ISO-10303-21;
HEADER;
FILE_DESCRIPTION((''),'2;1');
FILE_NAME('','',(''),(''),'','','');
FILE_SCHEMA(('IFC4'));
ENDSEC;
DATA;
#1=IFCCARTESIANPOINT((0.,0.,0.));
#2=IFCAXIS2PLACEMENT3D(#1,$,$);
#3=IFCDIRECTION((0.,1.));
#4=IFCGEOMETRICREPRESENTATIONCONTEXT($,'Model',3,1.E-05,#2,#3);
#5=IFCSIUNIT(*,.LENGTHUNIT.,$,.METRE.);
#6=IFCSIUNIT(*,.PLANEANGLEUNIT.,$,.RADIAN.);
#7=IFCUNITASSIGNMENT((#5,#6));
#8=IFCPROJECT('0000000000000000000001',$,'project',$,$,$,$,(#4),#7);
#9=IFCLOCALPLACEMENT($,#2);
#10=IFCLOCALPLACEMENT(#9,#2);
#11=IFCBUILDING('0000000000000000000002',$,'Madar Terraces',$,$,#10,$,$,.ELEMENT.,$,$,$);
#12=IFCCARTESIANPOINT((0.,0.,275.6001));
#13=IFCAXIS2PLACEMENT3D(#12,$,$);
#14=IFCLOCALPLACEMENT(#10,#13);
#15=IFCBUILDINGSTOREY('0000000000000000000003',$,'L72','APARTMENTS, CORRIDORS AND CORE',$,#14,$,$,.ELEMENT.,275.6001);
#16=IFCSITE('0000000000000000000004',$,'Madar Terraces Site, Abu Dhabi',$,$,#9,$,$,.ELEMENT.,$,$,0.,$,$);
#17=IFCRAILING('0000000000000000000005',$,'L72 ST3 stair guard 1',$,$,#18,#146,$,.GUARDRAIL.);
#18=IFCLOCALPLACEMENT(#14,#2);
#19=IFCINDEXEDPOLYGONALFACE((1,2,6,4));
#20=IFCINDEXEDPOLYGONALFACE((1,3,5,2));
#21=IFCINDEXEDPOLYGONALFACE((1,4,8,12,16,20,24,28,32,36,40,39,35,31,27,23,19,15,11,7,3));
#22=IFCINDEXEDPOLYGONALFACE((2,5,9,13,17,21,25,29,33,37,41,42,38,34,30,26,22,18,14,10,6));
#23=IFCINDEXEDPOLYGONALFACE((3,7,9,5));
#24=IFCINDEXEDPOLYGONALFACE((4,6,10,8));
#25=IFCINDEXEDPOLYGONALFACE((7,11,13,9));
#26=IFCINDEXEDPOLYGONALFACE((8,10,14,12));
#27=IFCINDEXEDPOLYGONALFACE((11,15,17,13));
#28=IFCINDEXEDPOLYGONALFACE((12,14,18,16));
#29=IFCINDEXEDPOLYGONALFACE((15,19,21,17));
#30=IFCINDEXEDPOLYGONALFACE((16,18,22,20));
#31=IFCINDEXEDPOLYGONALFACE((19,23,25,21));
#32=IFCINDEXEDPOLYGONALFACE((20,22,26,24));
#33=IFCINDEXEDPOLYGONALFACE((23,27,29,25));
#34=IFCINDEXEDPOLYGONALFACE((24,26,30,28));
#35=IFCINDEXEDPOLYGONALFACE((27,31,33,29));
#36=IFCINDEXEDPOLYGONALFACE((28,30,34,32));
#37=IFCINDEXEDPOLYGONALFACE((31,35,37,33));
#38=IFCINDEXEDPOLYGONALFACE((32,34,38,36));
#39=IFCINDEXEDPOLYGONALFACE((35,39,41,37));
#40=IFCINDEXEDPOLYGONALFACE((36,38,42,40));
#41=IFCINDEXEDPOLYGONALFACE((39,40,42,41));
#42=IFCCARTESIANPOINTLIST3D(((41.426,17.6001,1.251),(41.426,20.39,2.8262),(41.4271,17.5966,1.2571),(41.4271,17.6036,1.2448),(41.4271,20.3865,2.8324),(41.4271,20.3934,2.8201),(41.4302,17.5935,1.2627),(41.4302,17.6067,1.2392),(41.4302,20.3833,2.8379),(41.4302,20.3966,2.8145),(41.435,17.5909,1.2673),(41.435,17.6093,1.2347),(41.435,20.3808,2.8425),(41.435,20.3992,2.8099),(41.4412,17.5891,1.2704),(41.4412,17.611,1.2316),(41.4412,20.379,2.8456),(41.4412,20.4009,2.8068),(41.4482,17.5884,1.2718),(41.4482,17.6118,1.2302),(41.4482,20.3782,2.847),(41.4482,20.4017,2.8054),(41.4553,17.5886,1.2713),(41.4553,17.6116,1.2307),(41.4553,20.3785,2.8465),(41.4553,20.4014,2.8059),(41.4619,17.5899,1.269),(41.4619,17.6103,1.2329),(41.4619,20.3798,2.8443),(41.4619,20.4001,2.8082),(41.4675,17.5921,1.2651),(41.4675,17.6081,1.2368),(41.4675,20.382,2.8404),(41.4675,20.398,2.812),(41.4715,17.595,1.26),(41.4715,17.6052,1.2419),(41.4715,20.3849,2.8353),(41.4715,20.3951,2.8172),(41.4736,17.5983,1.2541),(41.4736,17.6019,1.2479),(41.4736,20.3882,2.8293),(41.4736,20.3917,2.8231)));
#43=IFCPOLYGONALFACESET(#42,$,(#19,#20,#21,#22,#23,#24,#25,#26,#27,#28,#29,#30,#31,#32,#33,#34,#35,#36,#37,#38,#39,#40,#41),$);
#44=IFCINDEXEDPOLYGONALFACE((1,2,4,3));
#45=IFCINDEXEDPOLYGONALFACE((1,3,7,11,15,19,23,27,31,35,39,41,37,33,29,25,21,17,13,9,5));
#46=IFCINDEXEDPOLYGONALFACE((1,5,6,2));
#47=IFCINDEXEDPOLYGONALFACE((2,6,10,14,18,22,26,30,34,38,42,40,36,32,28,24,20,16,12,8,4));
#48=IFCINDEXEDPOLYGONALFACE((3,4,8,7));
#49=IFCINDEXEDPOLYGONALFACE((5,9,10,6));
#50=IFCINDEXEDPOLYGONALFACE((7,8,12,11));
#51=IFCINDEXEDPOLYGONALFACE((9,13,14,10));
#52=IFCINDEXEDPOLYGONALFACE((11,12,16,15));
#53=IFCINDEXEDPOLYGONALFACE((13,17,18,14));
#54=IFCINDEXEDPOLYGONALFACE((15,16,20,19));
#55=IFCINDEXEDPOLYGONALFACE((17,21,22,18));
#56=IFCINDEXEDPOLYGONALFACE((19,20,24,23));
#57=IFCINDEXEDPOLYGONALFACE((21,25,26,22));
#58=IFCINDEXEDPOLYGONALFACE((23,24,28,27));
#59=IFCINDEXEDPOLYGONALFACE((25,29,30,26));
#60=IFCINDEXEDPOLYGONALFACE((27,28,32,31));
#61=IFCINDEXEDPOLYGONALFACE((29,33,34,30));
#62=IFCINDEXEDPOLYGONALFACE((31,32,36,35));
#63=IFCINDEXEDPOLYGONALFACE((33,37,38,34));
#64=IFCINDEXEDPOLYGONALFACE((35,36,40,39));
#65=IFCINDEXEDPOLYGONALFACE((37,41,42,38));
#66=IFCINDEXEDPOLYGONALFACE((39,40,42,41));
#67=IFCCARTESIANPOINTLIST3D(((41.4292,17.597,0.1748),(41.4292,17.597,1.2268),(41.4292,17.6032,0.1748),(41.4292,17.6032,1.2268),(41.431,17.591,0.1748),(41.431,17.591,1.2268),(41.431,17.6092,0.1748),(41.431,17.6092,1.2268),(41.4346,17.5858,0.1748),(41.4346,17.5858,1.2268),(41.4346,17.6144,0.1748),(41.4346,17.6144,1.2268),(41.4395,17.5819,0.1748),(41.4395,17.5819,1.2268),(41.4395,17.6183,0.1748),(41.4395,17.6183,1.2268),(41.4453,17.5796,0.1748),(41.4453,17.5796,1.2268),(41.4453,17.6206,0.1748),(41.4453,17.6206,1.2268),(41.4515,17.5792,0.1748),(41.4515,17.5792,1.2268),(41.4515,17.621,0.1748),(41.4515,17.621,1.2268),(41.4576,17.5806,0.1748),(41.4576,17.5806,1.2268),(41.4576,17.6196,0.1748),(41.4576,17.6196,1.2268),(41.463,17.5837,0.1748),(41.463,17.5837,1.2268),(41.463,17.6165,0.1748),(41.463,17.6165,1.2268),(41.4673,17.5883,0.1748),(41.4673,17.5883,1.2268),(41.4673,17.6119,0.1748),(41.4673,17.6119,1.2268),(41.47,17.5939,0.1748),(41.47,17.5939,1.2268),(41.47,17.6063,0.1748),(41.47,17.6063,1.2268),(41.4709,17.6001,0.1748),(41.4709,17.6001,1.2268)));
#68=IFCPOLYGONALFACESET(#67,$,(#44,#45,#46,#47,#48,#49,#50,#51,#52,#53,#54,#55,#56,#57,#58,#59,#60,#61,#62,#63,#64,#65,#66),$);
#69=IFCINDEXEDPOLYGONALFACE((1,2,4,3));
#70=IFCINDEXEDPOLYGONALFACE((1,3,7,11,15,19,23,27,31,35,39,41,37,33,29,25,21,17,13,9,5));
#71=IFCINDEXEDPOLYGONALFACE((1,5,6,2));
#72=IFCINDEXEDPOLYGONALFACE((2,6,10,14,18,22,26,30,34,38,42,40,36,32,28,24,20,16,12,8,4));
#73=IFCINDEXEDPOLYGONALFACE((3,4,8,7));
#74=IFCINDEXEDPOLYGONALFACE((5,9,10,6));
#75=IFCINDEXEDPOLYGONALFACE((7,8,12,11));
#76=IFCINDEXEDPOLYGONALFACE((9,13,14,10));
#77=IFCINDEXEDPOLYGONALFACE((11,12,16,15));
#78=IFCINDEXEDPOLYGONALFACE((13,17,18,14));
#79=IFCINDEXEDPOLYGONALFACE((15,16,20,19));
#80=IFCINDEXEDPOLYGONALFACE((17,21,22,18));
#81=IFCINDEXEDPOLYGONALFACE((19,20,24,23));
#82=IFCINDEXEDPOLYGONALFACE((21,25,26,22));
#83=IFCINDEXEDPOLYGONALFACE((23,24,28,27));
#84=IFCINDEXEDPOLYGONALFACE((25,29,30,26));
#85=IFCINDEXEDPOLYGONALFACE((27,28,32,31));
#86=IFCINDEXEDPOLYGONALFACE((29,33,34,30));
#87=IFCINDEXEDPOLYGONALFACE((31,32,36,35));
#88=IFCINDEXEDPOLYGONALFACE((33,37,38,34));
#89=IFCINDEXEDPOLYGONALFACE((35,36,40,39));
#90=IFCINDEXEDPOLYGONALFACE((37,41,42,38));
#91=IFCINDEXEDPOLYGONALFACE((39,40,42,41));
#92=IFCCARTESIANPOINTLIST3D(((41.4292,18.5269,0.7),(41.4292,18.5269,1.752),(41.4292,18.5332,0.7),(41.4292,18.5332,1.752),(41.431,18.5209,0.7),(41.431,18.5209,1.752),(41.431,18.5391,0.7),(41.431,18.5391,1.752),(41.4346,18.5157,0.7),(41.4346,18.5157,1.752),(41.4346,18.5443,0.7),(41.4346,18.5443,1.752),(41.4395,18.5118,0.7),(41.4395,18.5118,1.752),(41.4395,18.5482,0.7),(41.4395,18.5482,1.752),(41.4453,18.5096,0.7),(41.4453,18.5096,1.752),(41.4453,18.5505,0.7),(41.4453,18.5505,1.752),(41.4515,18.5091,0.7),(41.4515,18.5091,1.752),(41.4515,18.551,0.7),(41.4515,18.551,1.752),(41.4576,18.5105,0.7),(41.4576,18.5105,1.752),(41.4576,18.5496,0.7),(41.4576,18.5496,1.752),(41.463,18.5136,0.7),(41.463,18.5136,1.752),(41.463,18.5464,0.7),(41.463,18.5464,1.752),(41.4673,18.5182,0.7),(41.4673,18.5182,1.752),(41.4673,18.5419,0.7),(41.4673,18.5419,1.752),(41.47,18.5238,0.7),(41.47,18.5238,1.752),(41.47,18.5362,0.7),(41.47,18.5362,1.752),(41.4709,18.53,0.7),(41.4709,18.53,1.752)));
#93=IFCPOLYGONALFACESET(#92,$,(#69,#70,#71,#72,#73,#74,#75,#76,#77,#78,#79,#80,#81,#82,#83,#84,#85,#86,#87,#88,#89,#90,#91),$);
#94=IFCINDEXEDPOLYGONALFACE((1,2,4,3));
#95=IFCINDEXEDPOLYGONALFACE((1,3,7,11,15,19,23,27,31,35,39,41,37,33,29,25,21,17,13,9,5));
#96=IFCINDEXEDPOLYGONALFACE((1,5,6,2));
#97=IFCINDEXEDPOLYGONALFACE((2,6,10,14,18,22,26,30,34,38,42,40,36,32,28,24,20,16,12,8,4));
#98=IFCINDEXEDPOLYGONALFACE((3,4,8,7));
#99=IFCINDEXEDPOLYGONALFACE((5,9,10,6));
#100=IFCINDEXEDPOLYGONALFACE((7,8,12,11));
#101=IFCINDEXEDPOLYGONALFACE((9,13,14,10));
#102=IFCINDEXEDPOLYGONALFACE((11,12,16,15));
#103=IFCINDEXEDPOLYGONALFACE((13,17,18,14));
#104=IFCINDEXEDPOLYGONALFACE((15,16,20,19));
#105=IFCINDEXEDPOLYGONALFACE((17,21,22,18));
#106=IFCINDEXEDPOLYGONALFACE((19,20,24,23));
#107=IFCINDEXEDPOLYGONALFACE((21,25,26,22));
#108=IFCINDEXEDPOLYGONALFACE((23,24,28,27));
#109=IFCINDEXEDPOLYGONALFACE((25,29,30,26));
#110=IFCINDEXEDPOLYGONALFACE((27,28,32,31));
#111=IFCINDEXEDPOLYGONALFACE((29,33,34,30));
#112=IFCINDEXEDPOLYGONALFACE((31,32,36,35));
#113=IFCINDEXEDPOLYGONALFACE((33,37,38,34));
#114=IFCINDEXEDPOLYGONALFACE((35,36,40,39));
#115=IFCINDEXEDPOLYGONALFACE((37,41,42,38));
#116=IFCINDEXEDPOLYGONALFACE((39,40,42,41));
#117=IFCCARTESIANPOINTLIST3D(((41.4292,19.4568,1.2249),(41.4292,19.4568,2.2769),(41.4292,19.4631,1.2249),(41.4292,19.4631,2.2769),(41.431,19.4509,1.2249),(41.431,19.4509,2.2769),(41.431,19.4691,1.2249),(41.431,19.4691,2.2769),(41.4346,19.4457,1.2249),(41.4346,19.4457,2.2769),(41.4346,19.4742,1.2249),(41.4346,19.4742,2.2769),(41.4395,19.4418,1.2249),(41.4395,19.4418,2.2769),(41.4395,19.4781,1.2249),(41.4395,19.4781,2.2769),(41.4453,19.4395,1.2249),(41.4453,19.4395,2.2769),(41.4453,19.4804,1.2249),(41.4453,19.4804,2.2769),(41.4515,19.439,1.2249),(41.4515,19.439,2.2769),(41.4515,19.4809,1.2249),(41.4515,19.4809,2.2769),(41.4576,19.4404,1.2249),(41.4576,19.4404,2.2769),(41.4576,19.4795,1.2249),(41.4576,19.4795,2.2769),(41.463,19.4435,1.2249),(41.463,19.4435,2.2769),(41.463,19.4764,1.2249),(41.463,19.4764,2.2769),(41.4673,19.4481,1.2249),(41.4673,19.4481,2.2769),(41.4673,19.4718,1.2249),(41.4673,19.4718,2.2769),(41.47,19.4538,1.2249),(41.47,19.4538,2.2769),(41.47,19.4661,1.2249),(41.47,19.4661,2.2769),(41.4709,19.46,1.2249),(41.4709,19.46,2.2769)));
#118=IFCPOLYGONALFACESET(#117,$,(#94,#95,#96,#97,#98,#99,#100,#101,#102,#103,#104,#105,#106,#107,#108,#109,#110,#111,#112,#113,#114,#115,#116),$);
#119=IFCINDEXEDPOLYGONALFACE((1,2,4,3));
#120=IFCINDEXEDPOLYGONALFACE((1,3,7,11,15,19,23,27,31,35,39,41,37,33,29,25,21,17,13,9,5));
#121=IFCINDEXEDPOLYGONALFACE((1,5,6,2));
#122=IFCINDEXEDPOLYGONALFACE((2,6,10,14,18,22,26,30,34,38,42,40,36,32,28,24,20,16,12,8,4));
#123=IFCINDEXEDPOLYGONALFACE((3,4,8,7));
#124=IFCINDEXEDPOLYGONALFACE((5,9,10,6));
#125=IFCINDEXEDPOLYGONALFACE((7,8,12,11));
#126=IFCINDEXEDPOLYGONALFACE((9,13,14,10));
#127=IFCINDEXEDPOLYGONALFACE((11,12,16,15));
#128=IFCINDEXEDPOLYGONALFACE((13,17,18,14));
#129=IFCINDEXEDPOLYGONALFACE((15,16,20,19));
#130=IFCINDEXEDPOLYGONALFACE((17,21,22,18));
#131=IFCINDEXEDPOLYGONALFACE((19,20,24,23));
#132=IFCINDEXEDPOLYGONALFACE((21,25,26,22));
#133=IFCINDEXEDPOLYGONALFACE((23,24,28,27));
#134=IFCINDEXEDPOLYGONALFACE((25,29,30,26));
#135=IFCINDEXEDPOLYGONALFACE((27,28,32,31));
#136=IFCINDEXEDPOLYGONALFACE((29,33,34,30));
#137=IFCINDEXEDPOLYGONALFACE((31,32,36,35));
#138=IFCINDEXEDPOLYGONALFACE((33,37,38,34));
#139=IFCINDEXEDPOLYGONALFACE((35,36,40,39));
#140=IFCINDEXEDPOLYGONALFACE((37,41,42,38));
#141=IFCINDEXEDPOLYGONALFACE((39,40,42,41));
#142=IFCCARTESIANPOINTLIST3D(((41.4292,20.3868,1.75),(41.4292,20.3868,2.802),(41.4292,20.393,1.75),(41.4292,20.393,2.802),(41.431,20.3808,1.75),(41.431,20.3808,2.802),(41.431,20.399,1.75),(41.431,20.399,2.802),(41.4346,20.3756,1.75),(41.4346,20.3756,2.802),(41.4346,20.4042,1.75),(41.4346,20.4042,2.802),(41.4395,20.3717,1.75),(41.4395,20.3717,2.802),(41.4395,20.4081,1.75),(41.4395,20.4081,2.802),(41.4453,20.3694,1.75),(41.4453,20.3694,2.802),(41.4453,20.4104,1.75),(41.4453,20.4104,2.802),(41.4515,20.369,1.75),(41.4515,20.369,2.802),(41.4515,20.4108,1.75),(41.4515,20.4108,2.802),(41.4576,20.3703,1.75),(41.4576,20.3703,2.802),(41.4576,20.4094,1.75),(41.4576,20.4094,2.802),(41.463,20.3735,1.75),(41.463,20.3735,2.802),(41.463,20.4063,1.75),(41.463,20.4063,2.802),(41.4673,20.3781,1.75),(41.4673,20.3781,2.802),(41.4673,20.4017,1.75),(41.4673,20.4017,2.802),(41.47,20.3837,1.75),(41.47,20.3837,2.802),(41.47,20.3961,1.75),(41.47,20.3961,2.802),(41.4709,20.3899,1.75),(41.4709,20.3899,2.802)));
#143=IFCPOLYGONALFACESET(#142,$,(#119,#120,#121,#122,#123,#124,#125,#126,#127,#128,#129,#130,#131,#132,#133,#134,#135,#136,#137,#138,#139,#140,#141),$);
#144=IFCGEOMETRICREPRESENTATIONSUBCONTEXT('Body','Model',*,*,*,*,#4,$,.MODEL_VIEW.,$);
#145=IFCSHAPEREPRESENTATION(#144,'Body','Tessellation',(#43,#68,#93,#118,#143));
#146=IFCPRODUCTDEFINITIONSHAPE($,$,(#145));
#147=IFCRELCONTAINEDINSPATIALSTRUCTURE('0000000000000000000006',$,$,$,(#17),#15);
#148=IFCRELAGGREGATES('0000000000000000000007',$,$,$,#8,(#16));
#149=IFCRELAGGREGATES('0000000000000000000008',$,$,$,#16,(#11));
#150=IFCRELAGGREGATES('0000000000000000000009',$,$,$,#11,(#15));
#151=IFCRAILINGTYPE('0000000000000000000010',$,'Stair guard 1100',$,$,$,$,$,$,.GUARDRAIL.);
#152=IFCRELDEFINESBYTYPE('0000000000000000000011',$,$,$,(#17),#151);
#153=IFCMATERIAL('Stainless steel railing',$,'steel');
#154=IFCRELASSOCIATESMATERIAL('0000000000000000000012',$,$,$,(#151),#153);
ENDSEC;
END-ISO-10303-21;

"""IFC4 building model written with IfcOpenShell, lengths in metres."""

from ifc_helpers import new_model, si_unit, direction, frame, origin, origin_2d, place, context, subcontext, project, spatial, circle, extrude, material, type_object, element, save


model = new_model("IFC4")

# Units and contexts
model_context = context("Model", 3, precision=1e-05, world=origin(), true_north=direction((0.0, 1.0)))
body_context = subcontext(model_context, "Body", "Model", "MODEL_VIEW")
ifc_project = project(units=[si_unit("LENGTHUNIT", "METRE"), si_unit("PLANEANGLEUNIT", "RADIAN")], contexts=[model_context])

# Site, building, storey
site_placement = place(None, origin())
site = spatial("IfcSite", under=ifc_project, at=site_placement, Name="Madar Terraces Site, Abu Dhabi", CompositionType="ELEMENT", RefElevation=0.0)
building_placement = place(site_placement, origin())
building = spatial("IfcBuilding", under=site, at=building_placement, Name="Madar Terraces", CompositionType="ELEMENT")
storey_placement = place(building_placement, frame((0.0, 0.0, 275.6001)))
storey = spatial("IfcBuildingStorey", under=building, at=storey_placement, Name="L72", Description="APARTMENTS, CORRIDORS AND CORE", CompositionType="ELEMENT", Elevation=275.6001)

# Railing
ifc_material_1 = material(Name="Stainless steel railing", Category="steel")
railing_type_1 = type_object("IfcRailingType", Name="Stair guard 1100", PredefinedType="GUARDRAIL", material=ifc_material_1)
railing_1_placement = place(storey_placement, frame((41.45, 17.6001, 0.1748)))
element("IfcRailing", 1, at=railing_1_placement, inside=storey, type_object=railing_type_1, Name="L72 ST3 stair guard 1", PredefinedType="GUARDRAIL", context=body_context, shape_type="SweptSolid", body=[
    extrude(circle(Radius=0.0239, at=origin_2d()), frame((0.0, 0.0, 1.0762), z_axis=(0.0, 0.870783, 0.491668), x_axis=(-1.0, 0.0, 0.0)), (0.0, 0.0, 1.0), 3.2039),
    extrude(circle(Radius=0.021, at=origin_2d()), origin(), (0.0, 0.0, 1.0), 1.052),
    extrude(circle(Radius=0.021, at=origin_2d()), frame((0.0, 0.9299, 0.5251)), (0.0, 0.0, 1.0), 1.052),
    extrude(circle(Radius=0.021, at=origin_2d()), frame((0.0, 1.8599, 1.05)), (0.0, 0.0, 1.0), 1.052),
    extrude(circle(Radius=0.021, at=origin_2d()), frame((0.0, 2.7898, 1.5752)), (0.0, 0.0, 1.0), 1.052),
])

save(model, "model.ifc")
